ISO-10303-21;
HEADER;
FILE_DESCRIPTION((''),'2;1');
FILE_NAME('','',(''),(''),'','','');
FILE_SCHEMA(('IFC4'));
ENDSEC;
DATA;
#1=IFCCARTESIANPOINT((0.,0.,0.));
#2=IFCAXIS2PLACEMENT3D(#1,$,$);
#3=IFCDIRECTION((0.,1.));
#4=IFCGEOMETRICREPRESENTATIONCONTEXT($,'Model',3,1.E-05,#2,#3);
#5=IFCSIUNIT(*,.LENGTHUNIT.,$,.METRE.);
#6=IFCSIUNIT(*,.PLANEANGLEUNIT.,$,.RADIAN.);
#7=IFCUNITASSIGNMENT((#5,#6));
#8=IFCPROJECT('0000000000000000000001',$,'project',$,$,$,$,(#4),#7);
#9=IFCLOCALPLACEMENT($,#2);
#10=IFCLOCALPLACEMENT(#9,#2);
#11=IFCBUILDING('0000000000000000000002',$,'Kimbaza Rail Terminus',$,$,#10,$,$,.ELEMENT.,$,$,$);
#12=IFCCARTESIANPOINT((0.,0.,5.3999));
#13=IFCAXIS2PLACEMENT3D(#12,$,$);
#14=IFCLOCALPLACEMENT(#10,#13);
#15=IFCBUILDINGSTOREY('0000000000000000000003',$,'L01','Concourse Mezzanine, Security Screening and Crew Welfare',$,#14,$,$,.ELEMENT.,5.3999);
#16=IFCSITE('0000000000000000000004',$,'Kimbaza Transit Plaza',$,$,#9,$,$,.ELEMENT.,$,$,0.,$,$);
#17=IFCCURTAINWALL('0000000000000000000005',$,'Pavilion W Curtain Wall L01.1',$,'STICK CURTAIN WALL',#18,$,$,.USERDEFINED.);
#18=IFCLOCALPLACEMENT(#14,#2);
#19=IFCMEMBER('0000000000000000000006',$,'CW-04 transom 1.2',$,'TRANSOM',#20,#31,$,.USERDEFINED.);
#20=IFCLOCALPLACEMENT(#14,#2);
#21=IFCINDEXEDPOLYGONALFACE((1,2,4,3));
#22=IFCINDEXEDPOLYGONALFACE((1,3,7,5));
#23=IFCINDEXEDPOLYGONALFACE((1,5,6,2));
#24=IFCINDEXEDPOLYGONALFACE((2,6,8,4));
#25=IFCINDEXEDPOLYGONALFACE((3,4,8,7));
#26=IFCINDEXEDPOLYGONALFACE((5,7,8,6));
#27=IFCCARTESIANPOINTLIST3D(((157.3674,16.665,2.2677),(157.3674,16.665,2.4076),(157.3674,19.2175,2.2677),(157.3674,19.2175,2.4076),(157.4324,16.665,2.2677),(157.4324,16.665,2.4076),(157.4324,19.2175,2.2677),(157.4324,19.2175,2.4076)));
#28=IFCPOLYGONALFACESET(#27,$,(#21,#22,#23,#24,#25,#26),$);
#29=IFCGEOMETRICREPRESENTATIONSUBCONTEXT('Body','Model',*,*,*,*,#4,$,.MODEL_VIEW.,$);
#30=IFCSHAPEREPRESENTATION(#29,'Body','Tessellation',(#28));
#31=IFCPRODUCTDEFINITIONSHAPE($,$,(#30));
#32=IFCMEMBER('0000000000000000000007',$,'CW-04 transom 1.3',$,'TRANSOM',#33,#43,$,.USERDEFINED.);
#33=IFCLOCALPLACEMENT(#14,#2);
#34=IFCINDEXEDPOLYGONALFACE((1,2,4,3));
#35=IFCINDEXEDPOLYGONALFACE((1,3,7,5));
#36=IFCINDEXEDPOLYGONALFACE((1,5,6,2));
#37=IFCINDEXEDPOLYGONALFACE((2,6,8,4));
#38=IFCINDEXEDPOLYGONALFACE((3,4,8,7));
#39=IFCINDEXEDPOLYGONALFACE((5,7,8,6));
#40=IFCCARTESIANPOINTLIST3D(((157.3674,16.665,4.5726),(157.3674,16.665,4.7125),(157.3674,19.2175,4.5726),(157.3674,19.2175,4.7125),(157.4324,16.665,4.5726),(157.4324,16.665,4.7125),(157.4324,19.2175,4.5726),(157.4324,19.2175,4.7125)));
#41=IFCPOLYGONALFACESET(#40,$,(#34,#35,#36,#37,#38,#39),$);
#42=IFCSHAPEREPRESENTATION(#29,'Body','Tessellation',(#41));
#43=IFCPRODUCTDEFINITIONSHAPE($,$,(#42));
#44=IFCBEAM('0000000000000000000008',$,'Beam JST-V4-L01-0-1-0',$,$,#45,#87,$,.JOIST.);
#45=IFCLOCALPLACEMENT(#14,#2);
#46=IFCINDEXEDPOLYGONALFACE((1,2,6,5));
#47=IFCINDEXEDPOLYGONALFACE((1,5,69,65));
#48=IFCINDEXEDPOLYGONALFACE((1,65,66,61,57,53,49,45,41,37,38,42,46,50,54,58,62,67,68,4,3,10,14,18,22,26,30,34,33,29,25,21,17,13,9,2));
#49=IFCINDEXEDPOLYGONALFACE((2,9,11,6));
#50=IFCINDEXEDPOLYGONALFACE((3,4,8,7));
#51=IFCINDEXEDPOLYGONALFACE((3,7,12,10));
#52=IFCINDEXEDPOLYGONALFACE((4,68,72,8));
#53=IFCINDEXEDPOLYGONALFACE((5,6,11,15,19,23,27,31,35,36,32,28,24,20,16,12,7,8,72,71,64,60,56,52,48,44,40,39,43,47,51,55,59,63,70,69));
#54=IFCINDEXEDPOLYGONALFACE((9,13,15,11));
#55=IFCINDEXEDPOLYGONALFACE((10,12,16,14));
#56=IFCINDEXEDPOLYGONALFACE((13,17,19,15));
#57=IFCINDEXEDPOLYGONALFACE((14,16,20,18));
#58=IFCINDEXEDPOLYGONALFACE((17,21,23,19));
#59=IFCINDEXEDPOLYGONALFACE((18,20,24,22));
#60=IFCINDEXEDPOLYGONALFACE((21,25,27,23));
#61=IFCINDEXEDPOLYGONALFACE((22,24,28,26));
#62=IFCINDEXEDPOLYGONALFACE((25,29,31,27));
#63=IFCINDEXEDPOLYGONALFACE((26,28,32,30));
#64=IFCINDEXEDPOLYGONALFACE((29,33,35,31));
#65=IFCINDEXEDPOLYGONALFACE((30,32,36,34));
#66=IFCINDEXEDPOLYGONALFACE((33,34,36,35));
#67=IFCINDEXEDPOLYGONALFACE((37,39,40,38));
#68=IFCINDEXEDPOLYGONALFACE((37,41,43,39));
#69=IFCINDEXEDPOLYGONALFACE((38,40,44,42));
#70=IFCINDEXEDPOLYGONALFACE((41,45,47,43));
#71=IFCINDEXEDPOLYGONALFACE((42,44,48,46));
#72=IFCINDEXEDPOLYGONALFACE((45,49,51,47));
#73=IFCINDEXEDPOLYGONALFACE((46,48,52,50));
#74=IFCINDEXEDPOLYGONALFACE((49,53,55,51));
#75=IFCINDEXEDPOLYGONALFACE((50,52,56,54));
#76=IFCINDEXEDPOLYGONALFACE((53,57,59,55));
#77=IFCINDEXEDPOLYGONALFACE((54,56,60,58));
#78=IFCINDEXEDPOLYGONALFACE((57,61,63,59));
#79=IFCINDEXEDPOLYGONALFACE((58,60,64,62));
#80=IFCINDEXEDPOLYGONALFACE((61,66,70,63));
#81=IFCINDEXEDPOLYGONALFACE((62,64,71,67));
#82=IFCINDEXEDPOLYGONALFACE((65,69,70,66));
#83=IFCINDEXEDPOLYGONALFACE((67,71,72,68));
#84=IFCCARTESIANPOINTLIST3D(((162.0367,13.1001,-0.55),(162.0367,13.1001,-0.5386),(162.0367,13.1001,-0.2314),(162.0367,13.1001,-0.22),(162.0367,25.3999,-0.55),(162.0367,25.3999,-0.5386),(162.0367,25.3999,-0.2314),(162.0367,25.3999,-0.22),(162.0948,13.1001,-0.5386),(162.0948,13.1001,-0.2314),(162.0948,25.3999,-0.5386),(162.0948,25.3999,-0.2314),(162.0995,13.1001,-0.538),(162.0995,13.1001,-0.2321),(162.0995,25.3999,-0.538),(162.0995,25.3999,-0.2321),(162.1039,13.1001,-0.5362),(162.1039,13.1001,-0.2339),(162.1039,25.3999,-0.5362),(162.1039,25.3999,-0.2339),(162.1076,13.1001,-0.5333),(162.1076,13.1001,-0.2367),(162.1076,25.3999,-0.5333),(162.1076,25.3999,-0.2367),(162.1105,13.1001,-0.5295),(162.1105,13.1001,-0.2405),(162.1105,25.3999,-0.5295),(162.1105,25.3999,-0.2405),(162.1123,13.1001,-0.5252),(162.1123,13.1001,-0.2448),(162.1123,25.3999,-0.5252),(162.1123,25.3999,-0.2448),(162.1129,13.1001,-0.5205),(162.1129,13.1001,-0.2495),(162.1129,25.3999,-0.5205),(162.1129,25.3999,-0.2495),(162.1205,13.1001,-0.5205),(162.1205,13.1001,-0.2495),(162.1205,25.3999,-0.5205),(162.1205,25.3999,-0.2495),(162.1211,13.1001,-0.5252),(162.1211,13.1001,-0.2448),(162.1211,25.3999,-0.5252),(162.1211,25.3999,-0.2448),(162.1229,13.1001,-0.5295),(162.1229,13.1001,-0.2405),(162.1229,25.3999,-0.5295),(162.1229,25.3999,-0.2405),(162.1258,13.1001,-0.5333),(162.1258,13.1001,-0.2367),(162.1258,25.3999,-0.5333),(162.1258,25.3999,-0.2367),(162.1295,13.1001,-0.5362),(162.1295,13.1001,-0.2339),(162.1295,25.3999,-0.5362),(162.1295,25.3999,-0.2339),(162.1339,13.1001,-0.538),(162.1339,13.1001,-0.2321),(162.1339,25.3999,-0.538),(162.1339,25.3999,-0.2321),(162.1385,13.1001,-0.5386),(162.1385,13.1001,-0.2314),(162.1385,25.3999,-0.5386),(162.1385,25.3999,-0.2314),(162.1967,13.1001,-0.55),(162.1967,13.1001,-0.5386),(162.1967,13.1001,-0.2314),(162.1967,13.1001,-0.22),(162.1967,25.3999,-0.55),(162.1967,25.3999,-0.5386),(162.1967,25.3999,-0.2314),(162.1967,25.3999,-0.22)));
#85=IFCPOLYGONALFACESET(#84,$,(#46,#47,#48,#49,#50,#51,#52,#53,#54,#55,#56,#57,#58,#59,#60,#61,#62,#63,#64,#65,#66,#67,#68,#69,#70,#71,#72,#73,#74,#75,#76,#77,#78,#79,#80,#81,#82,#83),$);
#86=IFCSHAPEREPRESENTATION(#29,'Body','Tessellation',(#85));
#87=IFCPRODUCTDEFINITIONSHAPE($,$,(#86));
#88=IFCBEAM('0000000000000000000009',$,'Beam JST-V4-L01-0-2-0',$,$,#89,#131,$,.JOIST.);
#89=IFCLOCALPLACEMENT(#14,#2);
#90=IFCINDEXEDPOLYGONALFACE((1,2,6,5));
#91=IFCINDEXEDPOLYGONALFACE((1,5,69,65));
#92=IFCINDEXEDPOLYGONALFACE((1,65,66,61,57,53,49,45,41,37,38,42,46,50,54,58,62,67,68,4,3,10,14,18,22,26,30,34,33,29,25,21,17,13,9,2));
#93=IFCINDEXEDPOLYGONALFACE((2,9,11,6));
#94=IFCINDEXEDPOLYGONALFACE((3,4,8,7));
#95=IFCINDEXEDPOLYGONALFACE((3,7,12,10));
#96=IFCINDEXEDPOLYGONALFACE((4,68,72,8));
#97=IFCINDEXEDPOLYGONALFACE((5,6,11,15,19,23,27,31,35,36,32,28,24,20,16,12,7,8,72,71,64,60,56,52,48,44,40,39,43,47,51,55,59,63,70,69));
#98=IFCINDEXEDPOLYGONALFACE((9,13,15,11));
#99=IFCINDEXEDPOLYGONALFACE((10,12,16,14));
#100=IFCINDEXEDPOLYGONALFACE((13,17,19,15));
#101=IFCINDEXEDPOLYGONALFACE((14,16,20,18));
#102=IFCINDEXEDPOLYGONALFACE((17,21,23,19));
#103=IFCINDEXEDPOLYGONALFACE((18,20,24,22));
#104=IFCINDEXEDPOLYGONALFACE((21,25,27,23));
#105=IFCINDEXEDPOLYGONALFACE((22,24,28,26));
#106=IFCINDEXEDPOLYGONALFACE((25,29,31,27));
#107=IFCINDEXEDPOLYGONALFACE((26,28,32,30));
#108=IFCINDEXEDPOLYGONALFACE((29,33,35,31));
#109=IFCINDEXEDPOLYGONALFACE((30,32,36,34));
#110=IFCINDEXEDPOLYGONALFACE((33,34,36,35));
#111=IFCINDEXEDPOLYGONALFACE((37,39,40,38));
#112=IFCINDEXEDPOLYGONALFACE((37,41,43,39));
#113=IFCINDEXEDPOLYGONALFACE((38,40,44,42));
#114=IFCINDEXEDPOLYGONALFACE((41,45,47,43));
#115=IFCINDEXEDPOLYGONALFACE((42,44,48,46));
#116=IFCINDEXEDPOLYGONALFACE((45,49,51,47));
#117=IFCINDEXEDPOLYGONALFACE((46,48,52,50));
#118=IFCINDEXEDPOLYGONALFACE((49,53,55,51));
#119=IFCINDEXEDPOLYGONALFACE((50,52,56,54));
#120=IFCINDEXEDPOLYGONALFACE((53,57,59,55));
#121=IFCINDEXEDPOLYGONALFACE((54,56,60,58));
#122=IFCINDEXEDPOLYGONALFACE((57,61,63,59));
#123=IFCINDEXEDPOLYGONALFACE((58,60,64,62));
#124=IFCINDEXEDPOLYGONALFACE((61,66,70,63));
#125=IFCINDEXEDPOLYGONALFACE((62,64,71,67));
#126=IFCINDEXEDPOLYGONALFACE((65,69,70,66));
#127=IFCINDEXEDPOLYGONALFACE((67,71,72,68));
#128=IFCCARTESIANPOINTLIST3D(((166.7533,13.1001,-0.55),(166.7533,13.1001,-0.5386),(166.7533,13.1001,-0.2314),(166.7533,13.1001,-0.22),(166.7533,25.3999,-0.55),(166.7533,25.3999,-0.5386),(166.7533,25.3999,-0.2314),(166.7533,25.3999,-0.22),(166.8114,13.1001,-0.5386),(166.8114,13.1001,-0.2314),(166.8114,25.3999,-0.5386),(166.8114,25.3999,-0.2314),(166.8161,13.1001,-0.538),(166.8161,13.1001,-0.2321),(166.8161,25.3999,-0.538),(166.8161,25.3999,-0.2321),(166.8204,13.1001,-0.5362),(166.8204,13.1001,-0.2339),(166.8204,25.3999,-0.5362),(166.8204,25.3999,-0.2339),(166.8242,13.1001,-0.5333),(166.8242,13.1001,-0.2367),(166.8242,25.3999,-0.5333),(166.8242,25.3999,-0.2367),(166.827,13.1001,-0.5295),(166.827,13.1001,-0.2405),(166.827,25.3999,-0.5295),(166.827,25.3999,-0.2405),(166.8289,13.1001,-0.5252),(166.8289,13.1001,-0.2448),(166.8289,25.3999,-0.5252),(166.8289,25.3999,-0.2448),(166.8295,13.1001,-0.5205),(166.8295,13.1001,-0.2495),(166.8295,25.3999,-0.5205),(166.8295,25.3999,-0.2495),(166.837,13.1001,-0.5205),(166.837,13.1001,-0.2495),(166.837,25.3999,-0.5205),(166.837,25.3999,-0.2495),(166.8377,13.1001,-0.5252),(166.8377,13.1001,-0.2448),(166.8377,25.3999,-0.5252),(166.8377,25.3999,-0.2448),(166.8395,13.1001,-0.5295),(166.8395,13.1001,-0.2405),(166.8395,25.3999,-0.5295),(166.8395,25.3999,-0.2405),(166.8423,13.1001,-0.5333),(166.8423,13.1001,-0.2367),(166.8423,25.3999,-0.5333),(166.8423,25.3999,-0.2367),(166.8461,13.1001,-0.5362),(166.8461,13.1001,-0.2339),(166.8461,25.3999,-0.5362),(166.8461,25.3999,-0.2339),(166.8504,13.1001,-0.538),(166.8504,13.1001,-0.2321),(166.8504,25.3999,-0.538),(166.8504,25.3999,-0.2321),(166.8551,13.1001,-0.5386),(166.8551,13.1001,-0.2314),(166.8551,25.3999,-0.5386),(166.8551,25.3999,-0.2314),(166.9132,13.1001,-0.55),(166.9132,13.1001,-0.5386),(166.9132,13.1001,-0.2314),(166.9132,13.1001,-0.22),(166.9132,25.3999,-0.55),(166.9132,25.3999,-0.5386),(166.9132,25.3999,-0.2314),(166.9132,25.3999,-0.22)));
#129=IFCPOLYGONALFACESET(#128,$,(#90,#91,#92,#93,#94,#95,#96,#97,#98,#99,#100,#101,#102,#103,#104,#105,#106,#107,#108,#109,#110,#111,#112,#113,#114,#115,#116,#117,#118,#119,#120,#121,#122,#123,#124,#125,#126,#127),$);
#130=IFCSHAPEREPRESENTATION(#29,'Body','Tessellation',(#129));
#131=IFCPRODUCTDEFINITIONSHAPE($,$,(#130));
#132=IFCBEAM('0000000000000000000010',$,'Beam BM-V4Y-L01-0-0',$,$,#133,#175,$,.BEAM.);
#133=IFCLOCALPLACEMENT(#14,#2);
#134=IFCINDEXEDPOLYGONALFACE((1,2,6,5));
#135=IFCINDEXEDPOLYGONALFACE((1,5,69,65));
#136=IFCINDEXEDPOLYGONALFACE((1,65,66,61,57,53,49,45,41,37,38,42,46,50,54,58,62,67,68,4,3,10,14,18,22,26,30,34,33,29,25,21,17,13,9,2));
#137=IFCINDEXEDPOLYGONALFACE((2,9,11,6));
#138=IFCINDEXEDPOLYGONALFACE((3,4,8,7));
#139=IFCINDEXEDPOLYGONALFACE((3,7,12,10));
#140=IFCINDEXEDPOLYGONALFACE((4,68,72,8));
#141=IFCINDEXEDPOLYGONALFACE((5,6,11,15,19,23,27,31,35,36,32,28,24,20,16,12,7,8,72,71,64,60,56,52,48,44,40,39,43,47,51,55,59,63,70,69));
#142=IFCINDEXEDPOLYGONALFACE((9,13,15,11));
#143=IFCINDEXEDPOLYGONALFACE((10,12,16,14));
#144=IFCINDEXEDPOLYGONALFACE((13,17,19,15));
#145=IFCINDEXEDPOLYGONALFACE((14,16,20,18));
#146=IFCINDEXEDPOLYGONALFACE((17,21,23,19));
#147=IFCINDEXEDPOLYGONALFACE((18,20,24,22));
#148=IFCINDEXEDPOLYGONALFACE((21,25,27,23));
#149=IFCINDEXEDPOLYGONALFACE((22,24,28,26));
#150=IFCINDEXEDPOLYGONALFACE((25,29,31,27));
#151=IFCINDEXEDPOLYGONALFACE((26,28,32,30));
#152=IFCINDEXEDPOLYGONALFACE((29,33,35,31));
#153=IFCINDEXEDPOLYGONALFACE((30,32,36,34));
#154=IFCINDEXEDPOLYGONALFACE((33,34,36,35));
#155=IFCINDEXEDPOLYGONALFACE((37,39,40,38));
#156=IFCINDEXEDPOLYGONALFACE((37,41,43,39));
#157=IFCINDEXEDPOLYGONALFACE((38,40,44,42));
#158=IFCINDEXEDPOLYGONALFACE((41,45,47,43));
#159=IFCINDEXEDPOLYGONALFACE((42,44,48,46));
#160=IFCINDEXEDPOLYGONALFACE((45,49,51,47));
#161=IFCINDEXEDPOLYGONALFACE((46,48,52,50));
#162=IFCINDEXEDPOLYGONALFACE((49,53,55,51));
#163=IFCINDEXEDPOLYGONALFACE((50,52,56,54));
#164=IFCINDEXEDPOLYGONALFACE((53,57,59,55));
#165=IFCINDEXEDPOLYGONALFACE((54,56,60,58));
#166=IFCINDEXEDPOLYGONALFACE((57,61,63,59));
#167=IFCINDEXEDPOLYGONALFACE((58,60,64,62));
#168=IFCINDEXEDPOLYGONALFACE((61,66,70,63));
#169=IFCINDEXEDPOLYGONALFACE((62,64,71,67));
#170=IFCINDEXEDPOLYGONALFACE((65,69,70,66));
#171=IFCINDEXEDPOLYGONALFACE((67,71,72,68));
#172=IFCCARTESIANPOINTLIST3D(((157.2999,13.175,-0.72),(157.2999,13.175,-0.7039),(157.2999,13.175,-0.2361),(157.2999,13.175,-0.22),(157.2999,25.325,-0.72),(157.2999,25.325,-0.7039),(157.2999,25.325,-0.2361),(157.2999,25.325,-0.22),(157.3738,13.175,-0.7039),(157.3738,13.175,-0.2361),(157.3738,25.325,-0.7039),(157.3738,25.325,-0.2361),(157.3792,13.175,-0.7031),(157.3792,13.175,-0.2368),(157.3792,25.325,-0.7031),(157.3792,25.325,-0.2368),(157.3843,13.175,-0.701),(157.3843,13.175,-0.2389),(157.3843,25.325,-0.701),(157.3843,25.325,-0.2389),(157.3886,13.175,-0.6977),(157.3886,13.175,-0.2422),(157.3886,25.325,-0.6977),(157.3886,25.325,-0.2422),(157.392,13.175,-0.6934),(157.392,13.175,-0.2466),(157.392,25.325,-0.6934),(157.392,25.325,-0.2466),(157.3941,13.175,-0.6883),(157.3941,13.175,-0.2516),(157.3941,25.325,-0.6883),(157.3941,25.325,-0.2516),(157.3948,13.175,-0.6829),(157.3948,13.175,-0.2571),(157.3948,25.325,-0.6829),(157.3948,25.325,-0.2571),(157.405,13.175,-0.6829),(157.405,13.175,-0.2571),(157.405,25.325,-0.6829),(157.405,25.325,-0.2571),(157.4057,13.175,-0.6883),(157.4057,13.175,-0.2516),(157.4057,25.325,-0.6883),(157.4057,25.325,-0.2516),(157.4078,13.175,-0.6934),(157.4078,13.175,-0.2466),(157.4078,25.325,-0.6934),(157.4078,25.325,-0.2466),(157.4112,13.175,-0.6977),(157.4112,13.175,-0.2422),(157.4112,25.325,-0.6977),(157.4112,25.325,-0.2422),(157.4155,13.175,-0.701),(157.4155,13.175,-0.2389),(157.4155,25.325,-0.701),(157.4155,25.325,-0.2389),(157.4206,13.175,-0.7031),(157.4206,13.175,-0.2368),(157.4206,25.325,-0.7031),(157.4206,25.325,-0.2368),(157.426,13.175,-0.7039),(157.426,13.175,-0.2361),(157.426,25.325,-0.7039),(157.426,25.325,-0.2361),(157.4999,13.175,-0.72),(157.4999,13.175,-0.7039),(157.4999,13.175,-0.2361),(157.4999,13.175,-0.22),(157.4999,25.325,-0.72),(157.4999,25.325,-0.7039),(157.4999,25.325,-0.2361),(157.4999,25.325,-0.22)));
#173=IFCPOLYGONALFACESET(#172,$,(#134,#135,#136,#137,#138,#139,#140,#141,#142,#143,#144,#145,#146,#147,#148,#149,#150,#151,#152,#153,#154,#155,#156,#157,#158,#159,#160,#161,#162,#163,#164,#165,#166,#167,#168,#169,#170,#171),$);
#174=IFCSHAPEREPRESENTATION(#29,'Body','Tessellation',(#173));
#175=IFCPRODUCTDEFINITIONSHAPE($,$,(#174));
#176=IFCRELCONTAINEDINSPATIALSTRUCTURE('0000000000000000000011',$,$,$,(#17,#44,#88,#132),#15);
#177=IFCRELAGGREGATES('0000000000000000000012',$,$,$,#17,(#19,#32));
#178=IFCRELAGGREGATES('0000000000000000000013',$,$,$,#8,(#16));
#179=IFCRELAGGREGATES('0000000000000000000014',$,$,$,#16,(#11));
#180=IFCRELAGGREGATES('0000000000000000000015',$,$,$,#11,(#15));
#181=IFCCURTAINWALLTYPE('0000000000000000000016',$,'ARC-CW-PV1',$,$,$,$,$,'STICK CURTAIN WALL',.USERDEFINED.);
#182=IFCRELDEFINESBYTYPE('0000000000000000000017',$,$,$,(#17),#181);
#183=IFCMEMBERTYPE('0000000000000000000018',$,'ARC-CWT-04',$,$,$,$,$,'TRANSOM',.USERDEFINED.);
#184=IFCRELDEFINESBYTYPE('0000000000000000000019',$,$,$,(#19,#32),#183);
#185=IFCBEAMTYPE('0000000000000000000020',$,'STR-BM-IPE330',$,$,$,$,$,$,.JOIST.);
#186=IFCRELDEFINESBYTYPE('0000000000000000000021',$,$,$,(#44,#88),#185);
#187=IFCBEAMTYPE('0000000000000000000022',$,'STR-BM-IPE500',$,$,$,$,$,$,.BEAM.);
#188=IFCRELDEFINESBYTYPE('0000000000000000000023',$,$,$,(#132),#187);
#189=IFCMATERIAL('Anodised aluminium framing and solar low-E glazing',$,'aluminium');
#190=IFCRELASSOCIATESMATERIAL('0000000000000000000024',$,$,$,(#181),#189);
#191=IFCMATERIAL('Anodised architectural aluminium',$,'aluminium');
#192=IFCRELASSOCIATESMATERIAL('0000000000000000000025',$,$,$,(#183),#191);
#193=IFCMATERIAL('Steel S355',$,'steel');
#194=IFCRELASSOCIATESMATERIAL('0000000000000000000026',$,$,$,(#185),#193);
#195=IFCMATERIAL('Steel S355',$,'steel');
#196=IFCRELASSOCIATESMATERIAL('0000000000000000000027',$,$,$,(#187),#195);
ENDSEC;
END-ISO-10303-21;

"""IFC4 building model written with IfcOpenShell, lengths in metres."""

from ifc_helpers import new_model, si_unit, direction, frame, origin, origin_2d, place, context, subcontext, project, spatial, rectangle, i_section, extrude, material, material_profile, profile_set, type_object, element, aggregate, save


model = new_model("IFC4")

# Units and contexts
model_context = context("Model", 3, precision=1e-05, world=origin(), true_north=direction((0.0, 1.0)))
body_context = subcontext(model_context, "Body", "Model", "MODEL_VIEW")
ifc_project = project(units=[si_unit("LENGTHUNIT", "METRE"), si_unit("PLANEANGLEUNIT", "RADIAN")], contexts=[model_context])

# Site, building, storey
site_placement = place(None, origin())
site = spatial("IfcSite", under=ifc_project, at=site_placement, Name="Kimbaza Transit Plaza", CompositionType="ELEMENT", RefElevation=0.0)
building_placement = place(site_placement, origin())
building = spatial("IfcBuilding", under=site, at=building_placement, Name="Kimbaza Rail Terminus", CompositionType="ELEMENT")
storey_placement = place(building_placement, frame((0.0, 0.0, 5.3999)))
storey = spatial("IfcBuildingStorey", under=building, at=storey_placement, Name="L01", Description="Concourse Mezzanine, Security Screening and Crew Welfare", CompositionType="ELEMENT", Elevation=5.3999)

# Shared definitions
ifc_material_1 = material(Name="Anodised aluminium framing and solar low-E glazing", Category="aluminium")
curtain_wall_type = type_object("IfcCurtainWallType", Name="ARC-CW-PV1", ElementType="STICK CURTAIN WALL", PredefinedType="USERDEFINED", material=ifc_material_1)

# Curtain wall
curtain_wall_1_placement = place(storey_placement, origin())
curtain_wall_1 = element("IfcCurtainWall", 1, at=curtain_wall_1_placement, inside=storey, type_object=curtain_wall_type, Name="Pavilion W Curtain Wall L01.1", ObjectType="STICK CURTAIN WALL", PredefinedType="USERDEFINED")

# Members
ifc_material_2 = material(Name="Anodised architectural aluminium", Category="aluminium")
ifc_material_profile_1 = material_profile(ifc_material_2, rectangle(XDim=0.0649, YDim=0.1399, at=origin_2d()), Name="TRANSOM 65x140")
ifc_profile_set_1 = profile_set([ifc_material_profile_1], Name="Anodised architectural aluminium")
member_type_1 = type_object("IfcMemberType", Name="ARC-CWT-04", ElementType="TRANSOM", PredefinedType="USERDEFINED", material=ifc_profile_set_1)
member_1_placement = place(storey_placement, frame((157.3999, 16.665, 2.3376), z_axis=(0.0, 1.0, 0.0), x_axis=(-1.0, 0.0, 0.0)))
member_1 = element("IfcMember", 2, at=member_1_placement, type_object=member_type_1, Name="CW-04 transom 1.2", ObjectType="TRANSOM", PredefinedType="USERDEFINED", context=body_context, shape_type="SweptSolid", body=[
    extrude(rectangle(XDim=0.0649, YDim=0.1399, at=origin_2d()), origin(), (0.0, 0.0, 1.0), 2.5525),
])
member_2_placement = place(storey_placement, frame((157.3999, 16.665, 4.6426), z_axis=(0.0, 1.0, 0.0), x_axis=(-1.0, 0.0, 0.0)))
member_2 = element("IfcMember", 3, at=member_2_placement, type_object=member_type_1, Name="CW-04 transom 1.3", ObjectType="TRANSOM", PredefinedType="USERDEFINED", context=body_context, shape_type="SweptSolid", body=[
    extrude(rectangle(XDim=0.0649, YDim=0.1399, at=origin_2d()), origin(), (0.0, 0.0, 1.0), 2.5525),
])

# Beams
ifc_material_3 = material(Name="Steel S355", Category="steel")
ifc_material_profile_2 = material_profile(ifc_material_3, i_section(OverallWidth=0.1599, OverallDepth=0.3301, WebThickness=0.0076, FlangeThickness=0.0115, FilletRadius=0.0181, at=origin_2d()), Name="IPE 330")
ifc_profile_set_2 = profile_set([ifc_material_profile_2], Name="Steel S355")
beam_type_1 = type_object("IfcBeamType", Name="STR-BM-IPE330", PredefinedType="JOIST", material=ifc_profile_set_2)
for number, where, z_axis, x_axis, name in (
    (4, (162.1167, 13.1001, -0.385), (0.0, 1.0, 0.0), (-1.0, 0.0, 0.0), "Beam JST-V4-L01-0-1-0"),
    (5, (166.8333, 13.1001, -0.385), (0.0, 1.0, 0.0), (-1.0, 0.0, 0.0), "Beam JST-V4-L01-0-2-0"),
):
    element("IfcBeam", number, at=place(storey_placement, frame(where, z_axis=z_axis, x_axis=x_axis)), inside=storey, type_object=beam_type_1, Name=name, PredefinedType="JOIST", context=body_context, shape_type="SweptSolid", body=[
        extrude(i_section(OverallWidth=0.1599, OverallDepth=0.3301, WebThickness=0.0076, FlangeThickness=0.0115, FilletRadius=0.0181, at=origin_2d()), origin(), (0.0, 0.0, 1.0), 12.2998),
    ])
ifc_material_4 = material(Name="Steel S355", Category="steel")
ifc_material_profile_3 = material_profile(ifc_material_4, i_section(OverallWidth=0.2, OverallDepth=0.5, WebThickness=0.0103, FlangeThickness=0.0161, FilletRadius=0.021, at=origin_2d()), Name="IPE 500")
ifc_profile_set_3 = profile_set([ifc_material_profile_3], Name="Steel S355")
beam_type_2 = type_object("IfcBeamType", Name="STR-BM-IPE500", PredefinedType="BEAM", material=ifc_profile_set_3)
beam_1_placement = place(storey_placement, frame((157.3999, 13.175, -0.47), z_axis=(0.0, 1.0, 0.0), x_axis=(-1.0, 0.0, 0.0)))
element("IfcBeam", 6, at=beam_1_placement, inside=storey, type_object=beam_type_2, Name="Beam BM-V4Y-L01-0-0", PredefinedType="BEAM", context=body_context, shape_type="SweptSolid", body=[
    extrude(i_section(OverallWidth=0.2, OverallDepth=0.5, WebThickness=0.0103, FlangeThickness=0.0161, FilletRadius=0.021, at=origin_2d()), origin(), (0.0, 0.0, 1.0), 12.1499),
])

aggregate(curtain_wall_1, [member_1, member_2])

save(model, "model.ifc")
